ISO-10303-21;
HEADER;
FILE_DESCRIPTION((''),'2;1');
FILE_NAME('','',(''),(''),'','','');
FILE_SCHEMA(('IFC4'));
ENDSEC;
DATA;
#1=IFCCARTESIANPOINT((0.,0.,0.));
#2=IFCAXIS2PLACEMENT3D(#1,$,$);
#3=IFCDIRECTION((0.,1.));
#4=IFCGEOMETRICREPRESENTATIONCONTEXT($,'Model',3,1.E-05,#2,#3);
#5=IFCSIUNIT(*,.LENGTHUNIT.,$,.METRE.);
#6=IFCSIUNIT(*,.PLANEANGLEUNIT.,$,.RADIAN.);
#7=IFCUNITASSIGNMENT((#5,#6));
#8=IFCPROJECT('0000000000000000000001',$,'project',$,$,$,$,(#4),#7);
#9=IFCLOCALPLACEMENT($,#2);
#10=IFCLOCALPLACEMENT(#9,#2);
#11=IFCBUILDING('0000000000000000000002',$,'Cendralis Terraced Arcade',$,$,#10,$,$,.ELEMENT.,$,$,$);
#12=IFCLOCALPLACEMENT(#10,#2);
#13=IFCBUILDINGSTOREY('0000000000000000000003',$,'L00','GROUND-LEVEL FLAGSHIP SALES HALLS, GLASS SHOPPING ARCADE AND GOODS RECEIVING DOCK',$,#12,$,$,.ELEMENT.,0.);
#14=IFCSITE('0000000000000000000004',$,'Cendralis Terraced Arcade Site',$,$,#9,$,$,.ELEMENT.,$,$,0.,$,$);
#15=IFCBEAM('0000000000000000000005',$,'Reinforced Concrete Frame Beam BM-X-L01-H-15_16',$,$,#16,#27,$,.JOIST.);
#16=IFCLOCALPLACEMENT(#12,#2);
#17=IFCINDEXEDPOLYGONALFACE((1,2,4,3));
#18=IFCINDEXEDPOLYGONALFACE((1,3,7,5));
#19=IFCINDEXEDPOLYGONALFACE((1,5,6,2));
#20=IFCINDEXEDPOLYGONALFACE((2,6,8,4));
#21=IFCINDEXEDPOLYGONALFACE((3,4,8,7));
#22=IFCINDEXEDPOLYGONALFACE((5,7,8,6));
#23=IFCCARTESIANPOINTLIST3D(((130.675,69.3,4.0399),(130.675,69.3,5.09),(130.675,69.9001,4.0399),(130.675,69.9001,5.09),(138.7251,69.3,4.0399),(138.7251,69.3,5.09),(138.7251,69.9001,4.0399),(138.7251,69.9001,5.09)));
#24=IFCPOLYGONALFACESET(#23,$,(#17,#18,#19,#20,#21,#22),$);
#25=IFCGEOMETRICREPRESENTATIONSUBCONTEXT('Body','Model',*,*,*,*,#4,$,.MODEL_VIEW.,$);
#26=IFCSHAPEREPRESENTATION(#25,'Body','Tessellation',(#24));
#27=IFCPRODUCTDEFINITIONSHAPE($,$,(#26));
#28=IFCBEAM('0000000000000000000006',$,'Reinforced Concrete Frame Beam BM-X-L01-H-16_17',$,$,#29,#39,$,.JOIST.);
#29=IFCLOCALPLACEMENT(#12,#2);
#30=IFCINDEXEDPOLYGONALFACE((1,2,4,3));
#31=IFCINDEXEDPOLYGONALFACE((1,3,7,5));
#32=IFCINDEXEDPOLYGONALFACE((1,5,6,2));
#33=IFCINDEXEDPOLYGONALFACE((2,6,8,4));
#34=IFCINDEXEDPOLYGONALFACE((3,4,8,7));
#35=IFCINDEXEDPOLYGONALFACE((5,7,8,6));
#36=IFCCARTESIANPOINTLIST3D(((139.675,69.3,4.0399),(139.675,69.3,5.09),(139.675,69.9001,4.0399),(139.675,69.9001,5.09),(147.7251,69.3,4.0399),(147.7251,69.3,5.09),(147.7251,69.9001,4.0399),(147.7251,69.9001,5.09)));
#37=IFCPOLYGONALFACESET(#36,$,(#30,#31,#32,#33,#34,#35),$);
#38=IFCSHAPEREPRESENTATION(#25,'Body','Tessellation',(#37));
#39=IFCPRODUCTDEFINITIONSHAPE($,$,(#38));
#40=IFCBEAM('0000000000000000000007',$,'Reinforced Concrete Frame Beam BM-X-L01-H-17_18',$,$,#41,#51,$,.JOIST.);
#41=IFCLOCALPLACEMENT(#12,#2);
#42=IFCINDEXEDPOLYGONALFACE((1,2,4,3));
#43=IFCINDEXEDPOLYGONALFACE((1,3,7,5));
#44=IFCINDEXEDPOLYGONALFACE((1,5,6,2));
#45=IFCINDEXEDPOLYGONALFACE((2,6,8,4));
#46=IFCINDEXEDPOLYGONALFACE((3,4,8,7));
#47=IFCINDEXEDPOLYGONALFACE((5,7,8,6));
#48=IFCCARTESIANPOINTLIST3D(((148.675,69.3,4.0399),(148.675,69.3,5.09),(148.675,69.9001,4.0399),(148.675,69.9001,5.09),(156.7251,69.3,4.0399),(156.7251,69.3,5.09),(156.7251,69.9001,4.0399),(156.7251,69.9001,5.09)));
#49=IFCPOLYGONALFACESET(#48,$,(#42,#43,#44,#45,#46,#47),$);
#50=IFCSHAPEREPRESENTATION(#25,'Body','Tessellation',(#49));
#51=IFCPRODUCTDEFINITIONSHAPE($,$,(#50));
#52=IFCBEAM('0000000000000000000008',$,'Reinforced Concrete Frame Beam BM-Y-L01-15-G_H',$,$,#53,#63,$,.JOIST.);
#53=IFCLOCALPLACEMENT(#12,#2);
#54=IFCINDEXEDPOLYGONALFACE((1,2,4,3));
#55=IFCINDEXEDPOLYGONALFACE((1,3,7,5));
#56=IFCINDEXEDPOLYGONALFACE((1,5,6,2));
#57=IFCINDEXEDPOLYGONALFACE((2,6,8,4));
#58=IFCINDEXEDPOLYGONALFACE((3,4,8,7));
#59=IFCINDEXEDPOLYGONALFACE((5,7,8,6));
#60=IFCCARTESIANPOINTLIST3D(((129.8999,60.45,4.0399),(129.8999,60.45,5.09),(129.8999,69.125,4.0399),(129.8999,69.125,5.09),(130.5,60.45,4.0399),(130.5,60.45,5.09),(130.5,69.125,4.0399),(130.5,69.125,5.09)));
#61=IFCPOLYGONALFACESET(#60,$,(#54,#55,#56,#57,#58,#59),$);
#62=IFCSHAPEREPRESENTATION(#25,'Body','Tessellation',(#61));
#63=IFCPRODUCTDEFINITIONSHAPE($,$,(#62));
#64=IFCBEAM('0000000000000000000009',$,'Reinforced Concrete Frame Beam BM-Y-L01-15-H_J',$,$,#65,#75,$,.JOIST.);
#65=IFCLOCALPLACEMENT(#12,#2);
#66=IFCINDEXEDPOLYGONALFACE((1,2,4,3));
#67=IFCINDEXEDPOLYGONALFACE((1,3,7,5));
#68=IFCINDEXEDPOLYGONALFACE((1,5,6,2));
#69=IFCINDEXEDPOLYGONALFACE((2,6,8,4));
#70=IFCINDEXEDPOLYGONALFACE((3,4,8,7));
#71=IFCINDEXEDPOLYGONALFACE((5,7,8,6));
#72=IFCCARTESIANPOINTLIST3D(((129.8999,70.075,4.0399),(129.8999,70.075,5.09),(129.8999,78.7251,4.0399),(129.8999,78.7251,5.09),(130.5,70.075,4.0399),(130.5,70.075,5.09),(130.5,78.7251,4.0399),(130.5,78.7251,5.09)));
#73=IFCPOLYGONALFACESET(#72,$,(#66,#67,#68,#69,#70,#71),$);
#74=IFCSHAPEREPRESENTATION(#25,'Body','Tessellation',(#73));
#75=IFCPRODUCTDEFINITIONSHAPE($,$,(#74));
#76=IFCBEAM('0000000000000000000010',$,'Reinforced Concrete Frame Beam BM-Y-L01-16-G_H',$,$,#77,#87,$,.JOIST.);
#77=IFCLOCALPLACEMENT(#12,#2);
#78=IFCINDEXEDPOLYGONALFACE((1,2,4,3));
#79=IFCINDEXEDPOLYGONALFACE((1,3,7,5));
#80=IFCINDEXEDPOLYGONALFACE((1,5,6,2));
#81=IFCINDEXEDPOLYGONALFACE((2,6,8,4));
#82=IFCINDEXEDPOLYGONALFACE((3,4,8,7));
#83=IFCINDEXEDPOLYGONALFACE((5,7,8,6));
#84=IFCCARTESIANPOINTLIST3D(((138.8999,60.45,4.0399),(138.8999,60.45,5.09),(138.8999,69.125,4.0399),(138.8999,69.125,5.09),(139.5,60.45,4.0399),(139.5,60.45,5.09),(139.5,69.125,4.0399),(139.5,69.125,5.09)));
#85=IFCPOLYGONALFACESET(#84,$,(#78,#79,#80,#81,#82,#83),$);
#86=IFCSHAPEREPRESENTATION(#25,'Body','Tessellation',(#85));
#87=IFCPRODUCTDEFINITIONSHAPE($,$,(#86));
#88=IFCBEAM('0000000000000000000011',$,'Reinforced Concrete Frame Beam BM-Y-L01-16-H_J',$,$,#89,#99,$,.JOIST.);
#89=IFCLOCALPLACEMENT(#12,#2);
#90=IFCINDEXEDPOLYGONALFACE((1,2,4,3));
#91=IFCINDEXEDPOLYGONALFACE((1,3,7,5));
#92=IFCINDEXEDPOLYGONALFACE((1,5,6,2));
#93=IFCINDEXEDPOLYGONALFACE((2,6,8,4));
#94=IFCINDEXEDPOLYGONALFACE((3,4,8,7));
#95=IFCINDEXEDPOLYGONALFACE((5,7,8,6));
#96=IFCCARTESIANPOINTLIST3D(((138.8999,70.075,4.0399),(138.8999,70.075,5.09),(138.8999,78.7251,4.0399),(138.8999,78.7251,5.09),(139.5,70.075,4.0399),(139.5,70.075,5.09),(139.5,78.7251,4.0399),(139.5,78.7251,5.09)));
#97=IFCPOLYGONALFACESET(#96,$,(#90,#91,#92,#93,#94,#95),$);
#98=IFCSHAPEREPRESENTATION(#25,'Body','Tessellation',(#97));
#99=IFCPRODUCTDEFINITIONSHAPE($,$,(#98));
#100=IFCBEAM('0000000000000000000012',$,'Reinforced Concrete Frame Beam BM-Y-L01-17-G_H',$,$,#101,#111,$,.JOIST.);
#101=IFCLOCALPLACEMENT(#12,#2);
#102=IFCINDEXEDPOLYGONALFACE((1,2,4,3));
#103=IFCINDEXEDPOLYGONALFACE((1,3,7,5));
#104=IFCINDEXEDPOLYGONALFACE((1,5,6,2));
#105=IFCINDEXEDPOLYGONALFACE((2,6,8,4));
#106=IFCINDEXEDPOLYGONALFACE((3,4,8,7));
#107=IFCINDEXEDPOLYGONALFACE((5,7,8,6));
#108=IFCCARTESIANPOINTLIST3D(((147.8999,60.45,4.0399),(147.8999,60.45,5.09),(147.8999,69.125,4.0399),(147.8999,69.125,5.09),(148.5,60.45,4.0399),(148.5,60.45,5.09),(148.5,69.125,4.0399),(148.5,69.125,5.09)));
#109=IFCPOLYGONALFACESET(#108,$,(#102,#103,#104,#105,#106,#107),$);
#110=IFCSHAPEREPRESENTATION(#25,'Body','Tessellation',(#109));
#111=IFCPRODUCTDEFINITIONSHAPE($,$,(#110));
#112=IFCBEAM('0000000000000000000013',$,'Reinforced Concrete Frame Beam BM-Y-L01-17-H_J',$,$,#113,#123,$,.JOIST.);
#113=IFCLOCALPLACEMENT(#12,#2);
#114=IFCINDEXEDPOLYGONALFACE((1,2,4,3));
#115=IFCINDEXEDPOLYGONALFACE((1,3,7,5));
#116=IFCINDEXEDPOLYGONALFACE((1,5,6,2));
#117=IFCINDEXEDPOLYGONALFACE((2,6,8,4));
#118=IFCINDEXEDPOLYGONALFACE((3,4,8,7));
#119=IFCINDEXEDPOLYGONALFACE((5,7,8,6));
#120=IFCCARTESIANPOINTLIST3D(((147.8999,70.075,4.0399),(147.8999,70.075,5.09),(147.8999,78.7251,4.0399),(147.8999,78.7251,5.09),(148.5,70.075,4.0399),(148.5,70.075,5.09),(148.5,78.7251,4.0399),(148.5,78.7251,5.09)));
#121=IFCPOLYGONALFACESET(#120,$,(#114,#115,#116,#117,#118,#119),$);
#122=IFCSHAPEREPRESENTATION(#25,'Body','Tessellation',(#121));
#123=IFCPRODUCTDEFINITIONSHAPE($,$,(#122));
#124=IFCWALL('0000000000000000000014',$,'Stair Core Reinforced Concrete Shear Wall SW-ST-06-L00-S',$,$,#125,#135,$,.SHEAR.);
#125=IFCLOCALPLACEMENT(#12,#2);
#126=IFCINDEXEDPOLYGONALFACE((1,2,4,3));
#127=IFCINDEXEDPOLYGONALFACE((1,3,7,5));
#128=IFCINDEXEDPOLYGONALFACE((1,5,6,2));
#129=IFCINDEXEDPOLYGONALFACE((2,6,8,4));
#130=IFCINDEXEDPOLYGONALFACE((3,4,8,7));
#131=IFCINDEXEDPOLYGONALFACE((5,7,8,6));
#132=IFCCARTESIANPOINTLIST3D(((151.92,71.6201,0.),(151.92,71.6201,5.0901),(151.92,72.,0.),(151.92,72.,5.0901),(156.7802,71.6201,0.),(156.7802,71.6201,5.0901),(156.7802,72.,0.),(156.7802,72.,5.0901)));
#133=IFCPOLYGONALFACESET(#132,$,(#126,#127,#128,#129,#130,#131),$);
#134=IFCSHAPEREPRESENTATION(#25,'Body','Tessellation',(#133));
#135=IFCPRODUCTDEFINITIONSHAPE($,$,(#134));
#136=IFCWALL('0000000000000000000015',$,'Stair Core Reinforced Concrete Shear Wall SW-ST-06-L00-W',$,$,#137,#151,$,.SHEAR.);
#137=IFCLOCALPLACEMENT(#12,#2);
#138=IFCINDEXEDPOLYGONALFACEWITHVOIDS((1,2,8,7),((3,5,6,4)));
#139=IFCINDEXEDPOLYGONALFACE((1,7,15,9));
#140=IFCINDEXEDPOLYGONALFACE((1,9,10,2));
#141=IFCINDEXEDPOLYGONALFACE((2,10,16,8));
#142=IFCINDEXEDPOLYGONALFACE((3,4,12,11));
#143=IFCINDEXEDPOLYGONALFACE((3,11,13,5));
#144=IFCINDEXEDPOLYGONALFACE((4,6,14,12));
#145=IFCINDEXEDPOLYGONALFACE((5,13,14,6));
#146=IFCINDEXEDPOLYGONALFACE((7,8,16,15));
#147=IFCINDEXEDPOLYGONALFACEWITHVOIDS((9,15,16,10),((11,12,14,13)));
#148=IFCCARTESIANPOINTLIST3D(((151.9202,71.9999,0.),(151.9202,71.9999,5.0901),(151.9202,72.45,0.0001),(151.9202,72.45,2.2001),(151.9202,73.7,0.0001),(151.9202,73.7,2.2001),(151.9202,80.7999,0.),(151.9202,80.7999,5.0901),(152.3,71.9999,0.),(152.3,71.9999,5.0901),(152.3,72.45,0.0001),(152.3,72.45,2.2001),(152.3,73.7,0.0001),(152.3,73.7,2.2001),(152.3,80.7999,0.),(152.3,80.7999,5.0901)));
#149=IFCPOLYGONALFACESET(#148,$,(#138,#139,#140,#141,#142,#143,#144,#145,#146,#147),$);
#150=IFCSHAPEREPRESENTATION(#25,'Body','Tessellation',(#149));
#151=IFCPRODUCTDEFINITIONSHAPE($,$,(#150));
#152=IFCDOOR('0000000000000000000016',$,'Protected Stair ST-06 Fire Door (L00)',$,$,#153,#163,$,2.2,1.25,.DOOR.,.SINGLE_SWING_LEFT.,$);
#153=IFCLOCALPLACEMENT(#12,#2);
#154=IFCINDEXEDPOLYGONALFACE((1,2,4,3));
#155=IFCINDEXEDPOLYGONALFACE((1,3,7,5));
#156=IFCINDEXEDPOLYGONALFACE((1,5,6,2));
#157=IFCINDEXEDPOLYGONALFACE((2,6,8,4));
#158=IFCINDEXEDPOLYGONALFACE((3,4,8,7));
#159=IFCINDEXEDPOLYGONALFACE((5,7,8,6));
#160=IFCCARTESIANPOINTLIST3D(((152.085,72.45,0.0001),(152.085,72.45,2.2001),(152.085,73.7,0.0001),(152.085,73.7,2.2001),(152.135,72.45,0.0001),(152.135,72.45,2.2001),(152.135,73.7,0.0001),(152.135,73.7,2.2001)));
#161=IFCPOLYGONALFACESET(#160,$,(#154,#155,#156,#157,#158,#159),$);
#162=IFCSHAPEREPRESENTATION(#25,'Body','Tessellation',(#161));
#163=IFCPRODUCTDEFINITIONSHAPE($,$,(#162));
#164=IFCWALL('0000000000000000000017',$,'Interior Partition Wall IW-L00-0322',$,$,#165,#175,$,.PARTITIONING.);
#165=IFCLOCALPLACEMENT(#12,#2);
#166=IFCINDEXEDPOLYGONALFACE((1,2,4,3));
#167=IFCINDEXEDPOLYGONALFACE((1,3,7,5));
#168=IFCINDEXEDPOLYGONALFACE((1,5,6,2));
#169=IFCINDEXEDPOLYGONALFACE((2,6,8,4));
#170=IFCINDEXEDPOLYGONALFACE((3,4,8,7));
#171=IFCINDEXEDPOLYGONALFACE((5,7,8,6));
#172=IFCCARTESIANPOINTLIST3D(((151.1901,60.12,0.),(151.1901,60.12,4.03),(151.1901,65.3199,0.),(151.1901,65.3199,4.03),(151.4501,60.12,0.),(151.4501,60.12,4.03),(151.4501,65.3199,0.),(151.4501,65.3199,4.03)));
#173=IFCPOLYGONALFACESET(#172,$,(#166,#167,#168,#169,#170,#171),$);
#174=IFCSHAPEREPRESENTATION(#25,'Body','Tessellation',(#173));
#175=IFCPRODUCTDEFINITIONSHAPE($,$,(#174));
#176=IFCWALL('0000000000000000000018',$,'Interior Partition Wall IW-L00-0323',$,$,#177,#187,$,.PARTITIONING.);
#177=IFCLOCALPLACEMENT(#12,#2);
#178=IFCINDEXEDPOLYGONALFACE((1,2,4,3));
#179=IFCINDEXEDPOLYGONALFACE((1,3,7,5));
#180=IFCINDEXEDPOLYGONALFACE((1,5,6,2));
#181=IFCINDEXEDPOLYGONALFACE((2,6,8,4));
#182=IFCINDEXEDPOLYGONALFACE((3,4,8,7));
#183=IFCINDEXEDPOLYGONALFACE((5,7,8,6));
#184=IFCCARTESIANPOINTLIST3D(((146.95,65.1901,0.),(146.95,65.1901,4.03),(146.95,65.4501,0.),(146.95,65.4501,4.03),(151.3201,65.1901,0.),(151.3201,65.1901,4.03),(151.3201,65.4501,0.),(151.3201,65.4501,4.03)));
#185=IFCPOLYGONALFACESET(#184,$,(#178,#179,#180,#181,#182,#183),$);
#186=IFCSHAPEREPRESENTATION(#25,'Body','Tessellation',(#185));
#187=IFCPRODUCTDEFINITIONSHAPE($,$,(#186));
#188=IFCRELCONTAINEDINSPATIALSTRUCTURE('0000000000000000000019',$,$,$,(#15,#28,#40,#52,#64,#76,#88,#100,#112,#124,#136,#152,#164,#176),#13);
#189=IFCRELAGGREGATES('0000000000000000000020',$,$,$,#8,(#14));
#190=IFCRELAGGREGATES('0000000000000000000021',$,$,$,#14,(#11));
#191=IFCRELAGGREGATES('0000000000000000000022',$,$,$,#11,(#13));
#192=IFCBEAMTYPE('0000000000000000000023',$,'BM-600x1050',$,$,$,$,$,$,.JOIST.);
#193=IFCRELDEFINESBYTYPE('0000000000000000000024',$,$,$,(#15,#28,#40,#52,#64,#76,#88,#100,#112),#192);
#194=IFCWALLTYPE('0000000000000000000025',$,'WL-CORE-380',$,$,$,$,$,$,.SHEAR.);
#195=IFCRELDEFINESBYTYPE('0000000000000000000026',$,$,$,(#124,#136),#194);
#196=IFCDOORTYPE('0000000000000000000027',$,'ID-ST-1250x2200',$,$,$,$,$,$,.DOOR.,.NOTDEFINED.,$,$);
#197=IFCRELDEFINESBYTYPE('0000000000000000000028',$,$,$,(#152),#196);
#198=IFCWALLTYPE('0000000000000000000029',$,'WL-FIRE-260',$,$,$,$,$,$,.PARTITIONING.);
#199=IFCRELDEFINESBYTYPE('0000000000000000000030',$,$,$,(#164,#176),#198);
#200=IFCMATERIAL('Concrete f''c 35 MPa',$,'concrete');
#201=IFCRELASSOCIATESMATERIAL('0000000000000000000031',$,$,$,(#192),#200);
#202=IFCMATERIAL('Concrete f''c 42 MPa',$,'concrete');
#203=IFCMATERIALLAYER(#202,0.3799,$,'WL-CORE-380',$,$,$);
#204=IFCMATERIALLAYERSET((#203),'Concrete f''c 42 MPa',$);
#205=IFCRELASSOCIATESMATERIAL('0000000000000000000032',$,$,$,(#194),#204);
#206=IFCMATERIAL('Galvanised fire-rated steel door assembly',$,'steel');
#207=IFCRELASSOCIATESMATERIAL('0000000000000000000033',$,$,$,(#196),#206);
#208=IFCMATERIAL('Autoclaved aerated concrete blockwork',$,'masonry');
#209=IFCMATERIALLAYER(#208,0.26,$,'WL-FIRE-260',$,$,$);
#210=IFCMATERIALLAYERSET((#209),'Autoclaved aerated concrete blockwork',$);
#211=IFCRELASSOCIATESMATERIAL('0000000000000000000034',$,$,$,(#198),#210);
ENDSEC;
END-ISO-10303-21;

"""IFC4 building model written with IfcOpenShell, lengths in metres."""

from ifc_helpers import new_model, si_unit, direction, frame, frame_2d, origin, origin_2d, place, context, subcontext, project, spatial, rectangle, extrude, material, layer, layer_set, material_profile, profile_set, type_object, element, fill, save


model = new_model("IFC4")

# Units and contexts
model_context = context("Model", 3, precision=1e-05, world=origin(), true_north=direction((0.0, 1.0)))
body_context = subcontext(model_context, "Body", "Model", "MODEL_VIEW")
ifc_project = project(units=[si_unit("LENGTHUNIT", "METRE"), si_unit("PLANEANGLEUNIT", "RADIAN")], contexts=[model_context])

# Site, building, storey
site_placement = place(None, origin())
site = spatial("IfcSite", under=ifc_project, at=site_placement, Name="Cendralis Terraced Arcade Site", CompositionType="ELEMENT", RefElevation=0.0)
building_placement = place(site_placement, origin())
building = spatial("IfcBuilding", under=site, at=building_placement, Name="Cendralis Terraced Arcade", CompositionType="ELEMENT")
storey_placement = place(building_placement, origin())
storey = spatial("IfcBuildingStorey", under=building, at=storey_placement, Name="L00", Description="GROUND-LEVEL FLAGSHIP SALES HALLS, GLASS SHOPPING ARCADE AND GOODS RECEIVING DOCK", CompositionType="ELEMENT", Elevation=0.0)

# Shared definitions
ifc_material_1 = material(Name="Concrete f'c 42 MPa", Category="concrete")

# Beams
ifc_material_2 = material(Name="Concrete f'c 35 MPa", Category="concrete")
ifc_material_profile_1 = material_profile(ifc_material_2, rectangle(XDim=0.6001, YDim=1.05, at=origin_2d()), Name="RC-BM-600x1050", Category="LoadBearing")
ifc_profile_set_1 = profile_set([ifc_material_profile_1], Name="Concrete f'c 35 MPa")
beam_type = type_object("IfcBeamType", Name="BM-600x1050", PredefinedType="JOIST", material=ifc_profile_set_1)
for number, where, z_axis, x_axis, name in (
    (1, (130.675, 69.6001, 4.5649), (1.0, 0.0, 0.0), (0.0, 1.0, 0.0), "Reinforced Concrete Frame Beam BM-X-L01-H-15_16"),
    (2, (139.675, 69.6001, 4.5649), (1.0, 0.0, 0.0), (0.0, 1.0, 0.0), "Reinforced Concrete Frame Beam BM-X-L01-H-16_17"),
    (3, (148.675, 69.6001, 4.5649), (1.0, 0.0, 0.0), (0.0, 1.0, 0.0), "Reinforced Concrete Frame Beam BM-X-L01-H-17_18"),
):
    element("IfcBeam", number, at=place(storey_placement, frame(where, z_axis=z_axis, x_axis=x_axis)), inside=storey, type_object=beam_type, Name=name, PredefinedType="JOIST", context=body_context, shape_type="SweptSolid", body=[
        extrude(rectangle(XDim=0.6001, YDim=1.05, at=origin_2d()), origin(), (0.0, 0.0, 1.0), 8.05),
    ])
beam_1_placement = place(storey_placement, frame((130.2, 60.45, 4.5649), z_axis=(0.0, 1.0, 0.0), x_axis=(-1.0, 0.0, 0.0)))
element("IfcBeam", 4, at=beam_1_placement, inside=storey, type_object=beam_type, Name="Reinforced Concrete Frame Beam BM-Y-L01-15-G_H", PredefinedType="JOIST", context=body_context, shape_type="SweptSolid", body=[
    extrude(rectangle(XDim=0.6001, YDim=1.05, at=origin_2d()), origin(), (0.0, 0.0, 1.0), 8.675),
])
beam_2_placement = place(storey_placement, frame((130.2, 70.075, 4.5649), z_axis=(0.0, 1.0, 0.0), x_axis=(-1.0, 0.0, 0.0)))
element("IfcBeam", 5, at=beam_2_placement, inside=storey, type_object=beam_type, Name="Reinforced Concrete Frame Beam BM-Y-L01-15-H_J", PredefinedType="JOIST", context=body_context, shape_type="SweptSolid", body=[
    extrude(rectangle(XDim=0.6001, YDim=1.05, at=origin_2d()), origin(), (0.0, 0.0, 1.0), 8.6501),
])
beam_3_placement = place(storey_placement, frame((139.2, 60.45, 4.5649), z_axis=(0.0, 1.0, 0.0), x_axis=(-1.0, 0.0, 0.0)))
element("IfcBeam", 6, at=beam_3_placement, inside=storey, type_object=beam_type, Name="Reinforced Concrete Frame Beam BM-Y-L01-16-G_H", PredefinedType="JOIST", context=body_context, shape_type="SweptSolid", body=[
    extrude(rectangle(XDim=0.6001, YDim=1.05, at=origin_2d()), origin(), (0.0, 0.0, 1.0), 8.675),
])
beam_4_placement = place(storey_placement, frame((139.2, 70.075, 4.5649), z_axis=(0.0, 1.0, 0.0), x_axis=(-1.0, 0.0, 0.0)))
element("IfcBeam", 7, at=beam_4_placement, inside=storey, type_object=beam_type, Name="Reinforced Concrete Frame Beam BM-Y-L01-16-H_J", PredefinedType="JOIST", context=body_context, shape_type="SweptSolid", body=[
    extrude(rectangle(XDim=0.6001, YDim=1.05, at=origin_2d()), origin(), (0.0, 0.0, 1.0), 8.6501),
])
beam_5_placement = place(storey_placement, frame((148.2, 60.45, 4.5649), z_axis=(0.0, 1.0, 0.0), x_axis=(-1.0, 0.0, 0.0)))
element("IfcBeam", 8, at=beam_5_placement, inside=storey, type_object=beam_type, Name="Reinforced Concrete Frame Beam BM-Y-L01-17-G_H", PredefinedType="JOIST", context=body_context, shape_type="SweptSolid", body=[
    extrude(rectangle(XDim=0.6001, YDim=1.05, at=origin_2d()), origin(), (0.0, 0.0, 1.0), 8.675),
])
beam_6_placement = place(storey_placement, frame((148.2, 70.075, 4.5649), z_axis=(0.0, 1.0, 0.0), x_axis=(-1.0, 0.0, 0.0)))
element("IfcBeam", 9, at=beam_6_placement, inside=storey, type_object=beam_type, Name="Reinforced Concrete Frame Beam BM-Y-L01-17-H_J", PredefinedType="JOIST", context=body_context, shape_type="SweptSolid", body=[
    extrude(rectangle(XDim=0.6001, YDim=1.05, at=origin_2d()), origin(), (0.0, 0.0, 1.0), 8.6501),
])

# Wall
ifc_layer_1 = layer(ifc_material_1, 0.3799, Name="WL-CORE-380")
ifc_layer_set_1 = layer_set([ifc_layer_1], Name="Concrete f'c 42 MPa")
wall_type_1 = type_object("IfcWallType", Name="WL-CORE-380", PredefinedType="SHEAR", material=ifc_layer_set_1)
wall_1_placement = place(storey_placement, frame((151.9199, 71.8101, 0.0), z_axis=(0.0, 0.0, 1.0), x_axis=(1.0, 0.0, 0.0)))
element("IfcWall", 10, at=wall_1_placement, inside=storey, type_object=wall_type_1, Name="Stair Core Reinforced Concrete Shear Wall SW-ST-06-L00-S", PredefinedType="SHEAR", context=body_context, shape_type="SweptSolid", body=[
    extrude(rectangle(XDim=4.8601, YDim=0.3799, at=frame_2d((2.4302, 0.0))), origin(), (0.0, 0.0, 1.0), 5.0901),
])

# Wall, opening, door
wall_2_placement = place(storey_placement, frame((152.1101, 72.0, 0.0), z_axis=(0.0, 0.0, 1.0), x_axis=(0.0, 1.0, 0.0)))
wall_2 = element("IfcWall", 11, at=wall_2_placement, inside=storey, type_object=wall_type_1, Name="Stair Core Reinforced Concrete Shear Wall SW-ST-06-L00-W", PredefinedType="SHEAR", context=body_context, shape_type="SweptSolid", body=[
    extrude(rectangle(XDim=8.8, YDim=0.3799, at=frame_2d((4.3999, 0.0))), origin(), (0.0, 0.0, 1.0), 5.0901),
])
opening_placement = place(wall_2_placement, frame((0.45, 0.0, 0.0)))
opening = element("IfcOpeningElement", 12, at=opening_placement, cuts=wall_2, PredefinedType="OPENING", context=body_context, shape_type="SweptSolid", body=[
    extrude(rectangle(XDim=1.25, YDim=2.2, at=frame_2d((0.625, 1.1001))), frame((0.0, 0.2019, 0.0), z_axis=(0.0, -1.0, 0.0), x_axis=(1.0, 0.0, 0.0)), (0.0, 0.0, 1.0), 0.4038),
])
ifc_material_3 = material(Name="Galvanised fire-rated steel door assembly", Category="steel")
door_type = type_object("IfcDoorType", Name="ID-ST-1250x2200", OperationType="NOTDEFINED", PredefinedType="DOOR", material=ifc_material_3)
door_placement = place(opening_placement, frame((1.25, 0.0, 0.0), z_axis=(0.0, 0.0, 1.0), x_axis=(-1.0, 0.0, 0.0)))
door = element("IfcDoor", 13, at=door_placement, inside=storey, type_object=door_type, Name="Protected Stair ST-06 Fire Door (L00)", OperationType="SINGLE_SWING_LEFT", OverallHeight=2.2, OverallWidth=1.25, PredefinedType="DOOR", context=body_context, shape_type="SweptSolid", body=[
    extrude(rectangle(XDim=1.25, YDim=2.2, at=frame_2d((0.625, 1.1001))), frame((0.0, 0.0249, 0.0), z_axis=(0.0, -1.0, 0.0), x_axis=(1.0, 0.0, 0.0)), (0.0, 0.0, 1.0), 0.05),
])
fill(opening, door)

# Walls
ifc_material_4 = material(Name="Autoclaved aerated concrete blockwork", Category="masonry")
ifc_layer_2 = layer(ifc_material_4, 0.26, Name="WL-FIRE-260")
ifc_layer_set_2 = layer_set([ifc_layer_2], Name="Autoclaved aerated concrete blockwork")
wall_type_2 = type_object("IfcWallType", Name="WL-FIRE-260", PredefinedType="PARTITIONING", material=ifc_layer_set_2)
wall_3_placement = place(storey_placement, frame((151.3201, 65.3201, 0.0), z_axis=(0.0, 0.0, 1.0), x_axis=(0.0, -1.0, 0.0)))
element("IfcWall", 14, at=wall_3_placement, inside=storey, type_object=wall_type_2, Name="Interior Partition Wall IW-L00-0322", PredefinedType="PARTITIONING", context=body_context, shape_type="SweptSolid", body=[
    extrude(rectangle(XDim=5.2, YDim=0.26, at=frame_2d((2.6001, 0.0))), origin(), (0.0, 0.0, 1.0), 4.03),
])
wall_4_placement = place(storey_placement, frame((146.95, 65.3201, 0.0), z_axis=(0.0, 0.0, 1.0), x_axis=(1.0, 0.0, 0.0)))
element("IfcWall", 15, at=wall_4_placement, inside=storey, type_object=wall_type_2, Name="Interior Partition Wall IW-L00-0323", PredefinedType="PARTITIONING", context=body_context, shape_type="SweptSolid", body=[
    extrude(rectangle(XDim=4.3701, YDim=0.26, at=frame_2d((2.1851, 0.0))), origin(), (0.0, 0.0, 1.0), 4.03),
])

save(model, "model.ifc")
